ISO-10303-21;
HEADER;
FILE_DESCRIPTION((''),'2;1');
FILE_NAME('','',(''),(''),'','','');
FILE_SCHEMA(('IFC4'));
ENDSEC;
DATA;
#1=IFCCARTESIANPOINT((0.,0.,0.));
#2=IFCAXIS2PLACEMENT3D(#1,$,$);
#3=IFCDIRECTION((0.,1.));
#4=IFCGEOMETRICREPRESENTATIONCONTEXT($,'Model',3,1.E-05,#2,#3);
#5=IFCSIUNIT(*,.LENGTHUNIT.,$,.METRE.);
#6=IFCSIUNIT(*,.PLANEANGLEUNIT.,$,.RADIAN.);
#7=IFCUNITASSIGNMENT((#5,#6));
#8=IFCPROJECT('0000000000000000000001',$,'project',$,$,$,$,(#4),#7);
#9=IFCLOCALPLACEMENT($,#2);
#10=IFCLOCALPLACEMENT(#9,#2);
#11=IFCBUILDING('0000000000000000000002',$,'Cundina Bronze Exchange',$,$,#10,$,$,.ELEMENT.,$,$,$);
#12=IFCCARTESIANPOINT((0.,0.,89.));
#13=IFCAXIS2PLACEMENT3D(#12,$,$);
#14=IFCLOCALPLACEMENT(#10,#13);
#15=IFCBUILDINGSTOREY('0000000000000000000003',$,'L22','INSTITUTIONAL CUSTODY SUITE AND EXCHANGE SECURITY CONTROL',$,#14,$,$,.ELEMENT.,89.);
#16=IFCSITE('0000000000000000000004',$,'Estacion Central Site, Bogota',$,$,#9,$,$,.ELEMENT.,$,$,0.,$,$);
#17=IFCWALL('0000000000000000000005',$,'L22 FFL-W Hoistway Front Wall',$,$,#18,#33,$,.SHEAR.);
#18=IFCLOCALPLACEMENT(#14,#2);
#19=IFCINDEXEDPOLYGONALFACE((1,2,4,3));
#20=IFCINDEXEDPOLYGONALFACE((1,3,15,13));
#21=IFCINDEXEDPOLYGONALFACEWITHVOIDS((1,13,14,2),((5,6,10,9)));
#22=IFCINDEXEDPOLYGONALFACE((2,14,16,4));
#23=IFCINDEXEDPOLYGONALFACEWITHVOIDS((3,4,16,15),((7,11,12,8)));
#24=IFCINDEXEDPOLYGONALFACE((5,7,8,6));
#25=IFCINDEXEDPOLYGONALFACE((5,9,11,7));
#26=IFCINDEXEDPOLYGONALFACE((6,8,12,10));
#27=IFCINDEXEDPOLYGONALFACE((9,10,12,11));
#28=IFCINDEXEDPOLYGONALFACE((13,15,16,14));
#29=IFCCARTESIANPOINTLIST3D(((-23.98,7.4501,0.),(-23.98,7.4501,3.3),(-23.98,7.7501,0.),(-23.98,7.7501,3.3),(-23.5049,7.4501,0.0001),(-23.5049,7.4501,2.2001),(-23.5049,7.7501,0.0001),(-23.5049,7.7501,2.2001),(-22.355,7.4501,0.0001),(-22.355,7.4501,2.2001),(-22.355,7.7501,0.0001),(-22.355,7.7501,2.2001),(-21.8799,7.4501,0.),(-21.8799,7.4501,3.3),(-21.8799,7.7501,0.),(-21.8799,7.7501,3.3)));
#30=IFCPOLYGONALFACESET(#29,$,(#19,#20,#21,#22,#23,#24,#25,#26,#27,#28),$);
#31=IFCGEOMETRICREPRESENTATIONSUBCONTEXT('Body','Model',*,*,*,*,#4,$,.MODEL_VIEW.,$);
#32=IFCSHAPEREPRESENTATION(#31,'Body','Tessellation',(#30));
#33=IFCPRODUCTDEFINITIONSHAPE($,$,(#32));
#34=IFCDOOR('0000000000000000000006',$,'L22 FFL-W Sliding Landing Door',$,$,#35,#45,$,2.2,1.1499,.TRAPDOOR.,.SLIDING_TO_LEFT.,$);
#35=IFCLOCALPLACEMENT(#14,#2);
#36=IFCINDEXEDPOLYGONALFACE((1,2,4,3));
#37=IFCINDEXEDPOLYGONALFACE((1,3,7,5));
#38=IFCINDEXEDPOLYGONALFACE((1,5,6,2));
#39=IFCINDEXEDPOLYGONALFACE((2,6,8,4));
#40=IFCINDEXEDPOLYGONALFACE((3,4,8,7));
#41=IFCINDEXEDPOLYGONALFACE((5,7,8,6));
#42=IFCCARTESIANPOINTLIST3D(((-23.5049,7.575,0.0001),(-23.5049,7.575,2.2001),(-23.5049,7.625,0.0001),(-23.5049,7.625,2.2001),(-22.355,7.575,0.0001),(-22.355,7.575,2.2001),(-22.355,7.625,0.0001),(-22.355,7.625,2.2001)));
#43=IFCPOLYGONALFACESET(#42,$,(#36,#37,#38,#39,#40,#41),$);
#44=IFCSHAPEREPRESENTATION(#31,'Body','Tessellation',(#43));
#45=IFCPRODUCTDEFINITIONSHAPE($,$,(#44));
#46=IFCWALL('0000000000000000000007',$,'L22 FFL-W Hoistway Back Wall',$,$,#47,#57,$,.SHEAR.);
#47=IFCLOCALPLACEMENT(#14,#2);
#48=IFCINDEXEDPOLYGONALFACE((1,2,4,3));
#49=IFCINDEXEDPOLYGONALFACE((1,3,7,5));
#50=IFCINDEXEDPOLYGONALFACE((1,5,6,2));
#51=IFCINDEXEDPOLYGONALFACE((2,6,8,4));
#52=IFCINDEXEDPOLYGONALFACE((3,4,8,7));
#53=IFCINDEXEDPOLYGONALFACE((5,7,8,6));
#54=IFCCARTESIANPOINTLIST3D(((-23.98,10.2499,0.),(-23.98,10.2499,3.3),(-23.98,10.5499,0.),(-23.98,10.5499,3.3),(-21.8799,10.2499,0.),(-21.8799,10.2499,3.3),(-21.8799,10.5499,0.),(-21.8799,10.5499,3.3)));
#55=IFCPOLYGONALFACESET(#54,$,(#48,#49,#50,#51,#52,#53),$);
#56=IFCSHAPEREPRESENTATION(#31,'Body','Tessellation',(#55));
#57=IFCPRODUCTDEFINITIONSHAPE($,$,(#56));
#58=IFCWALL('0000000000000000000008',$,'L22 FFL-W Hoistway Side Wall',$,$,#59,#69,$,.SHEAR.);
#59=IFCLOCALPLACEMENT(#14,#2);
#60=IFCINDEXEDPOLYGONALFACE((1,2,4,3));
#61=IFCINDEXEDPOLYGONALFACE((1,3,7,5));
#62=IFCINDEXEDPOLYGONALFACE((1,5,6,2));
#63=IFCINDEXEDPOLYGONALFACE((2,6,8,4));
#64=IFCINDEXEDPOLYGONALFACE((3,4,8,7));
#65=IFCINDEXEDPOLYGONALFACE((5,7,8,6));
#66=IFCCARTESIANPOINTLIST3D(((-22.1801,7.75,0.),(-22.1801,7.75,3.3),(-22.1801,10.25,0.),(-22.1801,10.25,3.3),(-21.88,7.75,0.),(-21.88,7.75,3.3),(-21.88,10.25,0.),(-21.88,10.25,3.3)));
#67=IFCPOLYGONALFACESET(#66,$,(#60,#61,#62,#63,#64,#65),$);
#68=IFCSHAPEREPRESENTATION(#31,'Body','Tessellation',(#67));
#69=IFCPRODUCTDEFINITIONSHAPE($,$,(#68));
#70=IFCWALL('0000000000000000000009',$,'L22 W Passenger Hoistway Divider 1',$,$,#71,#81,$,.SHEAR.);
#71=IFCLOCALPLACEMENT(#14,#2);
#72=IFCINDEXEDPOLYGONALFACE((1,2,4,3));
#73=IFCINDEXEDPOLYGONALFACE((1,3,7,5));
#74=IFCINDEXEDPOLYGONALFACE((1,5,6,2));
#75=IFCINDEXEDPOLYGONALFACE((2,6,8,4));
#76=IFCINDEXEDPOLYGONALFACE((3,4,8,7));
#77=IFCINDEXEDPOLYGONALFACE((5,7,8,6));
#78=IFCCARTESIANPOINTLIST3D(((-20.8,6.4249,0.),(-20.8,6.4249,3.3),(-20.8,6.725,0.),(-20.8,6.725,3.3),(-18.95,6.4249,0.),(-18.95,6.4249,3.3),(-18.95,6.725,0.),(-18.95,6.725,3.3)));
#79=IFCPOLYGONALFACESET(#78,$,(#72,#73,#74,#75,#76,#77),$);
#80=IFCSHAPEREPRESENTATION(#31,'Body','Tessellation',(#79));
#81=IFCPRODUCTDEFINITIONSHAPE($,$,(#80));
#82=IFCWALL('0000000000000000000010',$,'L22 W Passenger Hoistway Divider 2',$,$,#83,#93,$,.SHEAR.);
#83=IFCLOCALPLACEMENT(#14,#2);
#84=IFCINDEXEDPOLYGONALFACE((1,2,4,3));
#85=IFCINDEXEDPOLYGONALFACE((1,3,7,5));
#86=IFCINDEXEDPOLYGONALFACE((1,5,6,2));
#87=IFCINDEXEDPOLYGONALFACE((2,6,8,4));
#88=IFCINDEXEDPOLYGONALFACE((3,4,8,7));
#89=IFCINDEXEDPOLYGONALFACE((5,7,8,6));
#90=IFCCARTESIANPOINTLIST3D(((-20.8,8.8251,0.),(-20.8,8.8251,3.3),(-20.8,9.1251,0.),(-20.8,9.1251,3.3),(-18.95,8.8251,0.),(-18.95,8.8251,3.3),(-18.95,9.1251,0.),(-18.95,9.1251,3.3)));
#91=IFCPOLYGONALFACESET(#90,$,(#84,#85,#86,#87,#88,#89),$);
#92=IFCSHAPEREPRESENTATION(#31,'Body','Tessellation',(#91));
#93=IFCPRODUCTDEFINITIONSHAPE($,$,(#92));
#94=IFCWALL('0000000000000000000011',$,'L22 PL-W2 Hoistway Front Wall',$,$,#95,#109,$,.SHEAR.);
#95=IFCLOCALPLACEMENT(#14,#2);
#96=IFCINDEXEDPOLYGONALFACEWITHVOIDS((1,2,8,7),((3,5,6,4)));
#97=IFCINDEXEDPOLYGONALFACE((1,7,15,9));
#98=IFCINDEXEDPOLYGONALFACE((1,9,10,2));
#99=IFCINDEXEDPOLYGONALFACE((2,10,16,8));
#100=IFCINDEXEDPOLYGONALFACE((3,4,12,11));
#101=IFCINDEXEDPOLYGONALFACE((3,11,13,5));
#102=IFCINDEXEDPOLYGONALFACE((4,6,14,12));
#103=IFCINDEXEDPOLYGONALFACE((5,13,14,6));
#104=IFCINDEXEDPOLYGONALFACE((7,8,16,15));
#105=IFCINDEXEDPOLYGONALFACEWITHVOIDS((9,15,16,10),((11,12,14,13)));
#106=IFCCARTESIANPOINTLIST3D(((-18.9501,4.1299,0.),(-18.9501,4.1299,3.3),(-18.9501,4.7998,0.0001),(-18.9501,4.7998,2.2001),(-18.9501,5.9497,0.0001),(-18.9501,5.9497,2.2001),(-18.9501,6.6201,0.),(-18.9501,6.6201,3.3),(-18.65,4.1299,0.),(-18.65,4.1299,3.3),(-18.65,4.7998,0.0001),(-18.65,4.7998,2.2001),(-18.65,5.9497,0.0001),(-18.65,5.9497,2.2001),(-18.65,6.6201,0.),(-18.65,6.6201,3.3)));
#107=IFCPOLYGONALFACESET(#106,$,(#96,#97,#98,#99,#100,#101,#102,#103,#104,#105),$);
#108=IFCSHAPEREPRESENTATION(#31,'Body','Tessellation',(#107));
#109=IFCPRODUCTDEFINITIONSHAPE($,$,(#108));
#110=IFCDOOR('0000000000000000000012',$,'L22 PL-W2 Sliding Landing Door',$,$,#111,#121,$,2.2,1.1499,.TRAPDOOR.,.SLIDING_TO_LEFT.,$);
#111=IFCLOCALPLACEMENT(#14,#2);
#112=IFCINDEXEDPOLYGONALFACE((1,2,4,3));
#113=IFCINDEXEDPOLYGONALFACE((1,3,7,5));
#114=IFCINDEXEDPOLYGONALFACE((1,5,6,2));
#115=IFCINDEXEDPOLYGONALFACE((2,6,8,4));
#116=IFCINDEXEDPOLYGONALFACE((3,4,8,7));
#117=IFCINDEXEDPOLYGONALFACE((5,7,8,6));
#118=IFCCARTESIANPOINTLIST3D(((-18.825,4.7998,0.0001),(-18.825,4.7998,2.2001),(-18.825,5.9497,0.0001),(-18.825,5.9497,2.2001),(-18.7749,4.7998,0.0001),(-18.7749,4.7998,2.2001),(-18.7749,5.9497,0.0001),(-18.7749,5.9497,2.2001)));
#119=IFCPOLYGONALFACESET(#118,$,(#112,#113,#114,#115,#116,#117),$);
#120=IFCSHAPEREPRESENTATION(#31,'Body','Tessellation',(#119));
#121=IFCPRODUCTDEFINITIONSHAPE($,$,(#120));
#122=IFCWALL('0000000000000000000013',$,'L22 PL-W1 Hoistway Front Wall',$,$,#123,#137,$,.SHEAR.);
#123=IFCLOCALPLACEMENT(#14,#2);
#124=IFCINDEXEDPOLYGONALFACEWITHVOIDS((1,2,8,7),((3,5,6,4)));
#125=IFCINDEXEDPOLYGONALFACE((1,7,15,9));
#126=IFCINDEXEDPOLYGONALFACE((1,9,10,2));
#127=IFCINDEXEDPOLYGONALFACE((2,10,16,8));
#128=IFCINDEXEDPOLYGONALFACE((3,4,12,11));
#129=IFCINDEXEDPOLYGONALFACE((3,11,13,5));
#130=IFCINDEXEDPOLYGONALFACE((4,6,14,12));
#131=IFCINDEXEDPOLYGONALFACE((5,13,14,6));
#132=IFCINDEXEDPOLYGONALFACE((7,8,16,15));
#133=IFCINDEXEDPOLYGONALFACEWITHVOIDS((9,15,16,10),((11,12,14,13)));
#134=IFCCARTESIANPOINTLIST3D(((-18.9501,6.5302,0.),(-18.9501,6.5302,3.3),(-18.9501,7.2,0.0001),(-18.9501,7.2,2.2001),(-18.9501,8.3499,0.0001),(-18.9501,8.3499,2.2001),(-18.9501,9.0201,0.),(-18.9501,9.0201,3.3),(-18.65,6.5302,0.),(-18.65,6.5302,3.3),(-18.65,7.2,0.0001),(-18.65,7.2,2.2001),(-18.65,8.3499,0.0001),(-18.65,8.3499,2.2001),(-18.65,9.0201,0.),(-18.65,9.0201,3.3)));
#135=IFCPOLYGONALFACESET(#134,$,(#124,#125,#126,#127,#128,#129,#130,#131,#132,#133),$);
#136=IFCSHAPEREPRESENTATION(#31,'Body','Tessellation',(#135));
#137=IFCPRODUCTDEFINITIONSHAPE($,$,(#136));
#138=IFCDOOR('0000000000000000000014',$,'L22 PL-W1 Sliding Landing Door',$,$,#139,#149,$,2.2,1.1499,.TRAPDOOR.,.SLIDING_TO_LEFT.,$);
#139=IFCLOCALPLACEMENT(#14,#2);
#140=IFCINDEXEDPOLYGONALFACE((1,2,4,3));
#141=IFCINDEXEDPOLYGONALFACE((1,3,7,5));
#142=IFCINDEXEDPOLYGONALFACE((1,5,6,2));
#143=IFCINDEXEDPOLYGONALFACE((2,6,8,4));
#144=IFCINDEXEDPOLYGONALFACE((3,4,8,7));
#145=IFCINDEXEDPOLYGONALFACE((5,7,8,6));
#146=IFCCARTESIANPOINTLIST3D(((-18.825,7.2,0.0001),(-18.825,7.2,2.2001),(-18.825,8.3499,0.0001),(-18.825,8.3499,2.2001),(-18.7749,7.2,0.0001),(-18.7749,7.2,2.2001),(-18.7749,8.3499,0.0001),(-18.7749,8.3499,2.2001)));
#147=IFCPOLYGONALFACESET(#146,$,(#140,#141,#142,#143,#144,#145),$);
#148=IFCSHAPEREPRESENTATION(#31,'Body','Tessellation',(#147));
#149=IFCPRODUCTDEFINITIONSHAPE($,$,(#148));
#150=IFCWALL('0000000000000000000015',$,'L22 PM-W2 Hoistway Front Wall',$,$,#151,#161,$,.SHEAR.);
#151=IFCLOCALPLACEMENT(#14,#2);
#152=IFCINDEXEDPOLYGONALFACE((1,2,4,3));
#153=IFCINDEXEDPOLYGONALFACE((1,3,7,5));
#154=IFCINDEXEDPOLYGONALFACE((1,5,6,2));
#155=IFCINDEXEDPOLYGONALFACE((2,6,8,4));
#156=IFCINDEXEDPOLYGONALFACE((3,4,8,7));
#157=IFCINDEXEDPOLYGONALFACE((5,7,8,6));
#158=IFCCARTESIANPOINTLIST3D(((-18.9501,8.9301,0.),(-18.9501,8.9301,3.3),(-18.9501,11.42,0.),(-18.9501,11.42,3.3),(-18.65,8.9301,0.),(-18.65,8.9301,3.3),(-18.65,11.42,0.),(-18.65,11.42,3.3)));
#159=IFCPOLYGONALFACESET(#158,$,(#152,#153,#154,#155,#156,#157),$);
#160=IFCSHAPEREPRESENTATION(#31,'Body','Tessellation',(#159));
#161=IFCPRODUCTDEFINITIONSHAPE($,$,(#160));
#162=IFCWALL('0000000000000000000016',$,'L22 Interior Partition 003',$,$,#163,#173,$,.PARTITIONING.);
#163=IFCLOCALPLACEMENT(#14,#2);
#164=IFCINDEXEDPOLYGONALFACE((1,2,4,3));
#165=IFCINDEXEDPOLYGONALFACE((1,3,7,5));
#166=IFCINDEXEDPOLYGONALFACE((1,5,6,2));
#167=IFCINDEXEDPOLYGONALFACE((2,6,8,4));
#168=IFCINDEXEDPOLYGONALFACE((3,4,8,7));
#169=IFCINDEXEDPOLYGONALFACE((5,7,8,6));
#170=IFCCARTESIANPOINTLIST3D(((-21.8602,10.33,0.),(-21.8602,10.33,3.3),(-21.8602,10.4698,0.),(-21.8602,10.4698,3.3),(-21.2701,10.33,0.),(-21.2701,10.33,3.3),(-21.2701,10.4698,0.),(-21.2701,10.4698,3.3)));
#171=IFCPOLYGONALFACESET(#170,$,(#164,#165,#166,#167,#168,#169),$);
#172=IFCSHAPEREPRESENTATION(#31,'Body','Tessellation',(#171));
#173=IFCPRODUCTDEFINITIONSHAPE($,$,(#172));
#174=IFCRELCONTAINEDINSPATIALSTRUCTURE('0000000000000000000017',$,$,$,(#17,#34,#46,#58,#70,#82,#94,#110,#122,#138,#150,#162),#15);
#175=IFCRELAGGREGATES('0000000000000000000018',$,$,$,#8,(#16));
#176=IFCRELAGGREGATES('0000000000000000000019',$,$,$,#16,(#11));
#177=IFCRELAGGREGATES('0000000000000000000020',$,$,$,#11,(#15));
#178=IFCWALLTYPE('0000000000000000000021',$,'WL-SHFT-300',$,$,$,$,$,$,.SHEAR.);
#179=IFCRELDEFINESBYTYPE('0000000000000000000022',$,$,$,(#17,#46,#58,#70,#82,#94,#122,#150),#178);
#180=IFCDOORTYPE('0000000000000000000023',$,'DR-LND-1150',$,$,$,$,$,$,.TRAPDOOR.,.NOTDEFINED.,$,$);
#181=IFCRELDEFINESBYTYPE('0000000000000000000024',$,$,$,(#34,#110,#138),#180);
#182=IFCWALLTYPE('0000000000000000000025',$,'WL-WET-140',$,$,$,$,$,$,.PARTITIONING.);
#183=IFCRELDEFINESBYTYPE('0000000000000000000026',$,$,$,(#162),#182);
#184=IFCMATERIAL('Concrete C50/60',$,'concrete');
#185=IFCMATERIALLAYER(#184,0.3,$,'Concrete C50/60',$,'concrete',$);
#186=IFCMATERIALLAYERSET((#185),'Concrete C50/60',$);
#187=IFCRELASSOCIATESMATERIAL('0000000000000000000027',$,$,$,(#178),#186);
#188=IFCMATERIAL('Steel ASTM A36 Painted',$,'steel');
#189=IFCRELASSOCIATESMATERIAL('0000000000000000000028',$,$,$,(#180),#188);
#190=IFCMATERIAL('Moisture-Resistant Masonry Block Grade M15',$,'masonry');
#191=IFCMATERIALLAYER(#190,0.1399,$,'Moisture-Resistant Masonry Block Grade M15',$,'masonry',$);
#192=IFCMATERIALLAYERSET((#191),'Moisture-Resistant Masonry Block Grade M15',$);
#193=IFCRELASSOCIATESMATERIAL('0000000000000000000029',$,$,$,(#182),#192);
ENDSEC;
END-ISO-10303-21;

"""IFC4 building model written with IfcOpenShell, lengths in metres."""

from ifc_helpers import new_model, si_unit, direction, frame, frame_2d, origin, place, context, subcontext, project, spatial, rectangle, extrude, material, layer, layer_set, type_object, element, fill, save


model = new_model("IFC4")

# Units and contexts
model_context = context("Model", 3, precision=1e-05, world=origin(), true_north=direction((0.0, 1.0)))
body_context = subcontext(model_context, "Body", "Model", "MODEL_VIEW")
ifc_project = project(units=[si_unit("LENGTHUNIT", "METRE"), si_unit("PLANEANGLEUNIT", "RADIAN")], contexts=[model_context])

# Site, building, storey
site_placement = place(None, origin())
site = spatial("IfcSite", under=ifc_project, at=site_placement, Name="Estacion Central Site, Bogota", CompositionType="ELEMENT", RefElevation=0.0)
building_placement = place(site_placement, origin())
building = spatial("IfcBuilding", under=site, at=building_placement, Name="Cundina Bronze Exchange", CompositionType="ELEMENT")
storey_placement = place(building_placement, frame((0.0, 0.0, 89.0)))
storey = spatial("IfcBuildingStorey", under=building, at=storey_placement, Name="L22", Description="INSTITUTIONAL CUSTODY SUITE AND EXCHANGE SECURITY CONTROL", CompositionType="ELEMENT", Elevation=89.0)

# Shared definitions
ifc_material_1 = material(Name="Concrete C50/60", Category="concrete")
ifc_layer_1 = layer(ifc_material_1, 0.3, Name="Concrete C50/60", Category="concrete")
ifc_layer_set_1 = layer_set([ifc_layer_1], Name="Concrete C50/60")
wall_type_1 = type_object("IfcWallType", Name="WL-SHFT-300", PredefinedType="SHEAR", material=ifc_layer_set_1)

# Wall, opening, door
wall_1_placement = place(storey_placement, frame((-23.98, 7.6001, 0.0), z_axis=(0.0, 0.0, 1.0), x_axis=(1.0, 0.0, 0.0)))
wall_1 = element("IfcWall", 1, at=wall_1_placement, inside=storey, type_object=wall_type_1, Name="L22 FFL-W Hoistway Front Wall", PredefinedType="SHEAR", context=body_context, shape_type="SweptSolid", body=[
    extrude(rectangle(XDim=2.1001, YDim=0.3, at=frame_2d((1.05, 0.0))), origin(), (0.0, 0.0, 1.0), 3.3),
])
opening_1_placement = place(wall_1_placement, frame((0.4751, 0.0, 0.0)))
opening_1 = element("IfcOpeningElement", 2, at=opening_1_placement, cuts=wall_1, PredefinedType="OPENING", context=body_context, shape_type="SweptSolid", body=[
    extrude(rectangle(XDim=1.1499, YDim=2.2, at=frame_2d((0.575, 1.1001))), frame((0.0, 0.1599, 0.0), z_axis=(0.0, -1.0, 0.0), x_axis=(1.0, 0.0, 0.0)), (0.0, 0.0, 1.0), 0.3201),
])
ifc_material_2 = material(Name="Steel ASTM A36 Painted", Category="steel")
door_type = type_object("IfcDoorType", Name="DR-LND-1150", OperationType="NOTDEFINED", PredefinedType="TRAPDOOR", material=ifc_material_2)
door_1_placement = place(opening_1_placement, origin())
door_1 = element("IfcDoor", 3, at=door_1_placement, inside=storey, type_object=door_type, Name="L22 FFL-W Sliding Landing Door", OperationType="SLIDING_TO_LEFT", OverallHeight=2.2, OverallWidth=1.1499, PredefinedType="TRAPDOOR", context=body_context, shape_type="SweptSolid", body=[
    extrude(rectangle(XDim=1.1499, YDim=2.2, at=frame_2d((0.575, 1.1001))), frame((0.0, 0.0249, 0.0), z_axis=(0.0, -1.0, 0.0), x_axis=(1.0, 0.0, 0.0)), (0.0, 0.0, 1.0), 0.05),
])
fill(opening_1, door_1)

# Walls
wall_2_placement = place(storey_placement, frame((-23.98, 10.3999, 0.0), z_axis=(0.0, 0.0, 1.0), x_axis=(1.0, 0.0, 0.0)))
element("IfcWall", 4, at=wall_2_placement, inside=storey, type_object=wall_type_1, Name="L22 FFL-W Hoistway Back Wall", PredefinedType="SHEAR", context=body_context, shape_type="SweptSolid", body=[
    extrude(rectangle(XDim=2.1001, YDim=0.3, at=frame_2d((1.05, 0.0))), origin(), (0.0, 0.0, 1.0), 3.3),
])
wall_3_placement = place(storey_placement, frame((-22.03, 7.75, 0.0), z_axis=(0.0, 0.0, 1.0), x_axis=(0.0, 1.0, 0.0)))
element("IfcWall", 5, at=wall_3_placement, inside=storey, type_object=wall_type_1, Name="L22 FFL-W Hoistway Side Wall", PredefinedType="SHEAR", context=body_context, shape_type="SweptSolid", body=[
    extrude(rectangle(XDim=2.5, YDim=0.3, at=frame_2d((1.25, 0.0))), origin(), (0.0, 0.0, 1.0), 3.3),
])
for number, where, z_axis, x_axis, name in (
    (6, (-20.8, 6.575, 0.0), (0.0, 0.0, 1.0), (1.0, 0.0, 0.0), "L22 W Passenger Hoistway Divider 1"),
    (7, (-20.8, 8.9751, 0.0), (0.0, 0.0, 1.0), (1.0, 0.0, 0.0), "L22 W Passenger Hoistway Divider 2"),
):
    element("IfcWall", number, at=place(storey_placement, frame(where, z_axis=z_axis, x_axis=x_axis)), inside=storey, type_object=wall_type_1, Name=name, PredefinedType="SHEAR", context=body_context, shape_type="SweptSolid", body=[
        extrude(rectangle(XDim=1.8501, YDim=0.3, at=frame_2d((0.925, 0.0))), origin(), (0.0, 0.0, 1.0), 3.3),
    ])

# Walls, openings, doors
wall_4_placement = place(storey_placement, frame((-18.8, 4.1299, 0.0), z_axis=(0.0, 0.0, 1.0), x_axis=(0.0, 1.0, 0.0)))
wall_4 = element("IfcWall", 8, at=wall_4_placement, inside=storey, type_object=wall_type_1, Name="L22 PL-W2 Hoistway Front Wall", PredefinedType="SHEAR", context=body_context, shape_type="SweptSolid", body=[
    extrude(rectangle(XDim=2.4902, YDim=0.3, at=frame_2d((1.2451, 0.0))), origin(), (0.0, 0.0, 1.0), 3.3),
])
opening_2_placement = place(wall_4_placement, frame((0.6699, 0.0, 0.0)))
opening_2 = element("IfcOpeningElement", 9, at=opening_2_placement, cuts=wall_4, PredefinedType="OPENING", context=body_context, shape_type="SweptSolid", body=[
    extrude(rectangle(XDim=1.1499, YDim=2.2, at=frame_2d((0.575, 1.1001))), frame((0.0, 0.1599, 0.0), z_axis=(0.0, -1.0, 0.0), x_axis=(1.0, 0.0, 0.0)), (0.0, 0.0, 1.0), 0.3201),
])
door_2_placement = place(opening_2_placement, origin())
door_2 = element("IfcDoor", 10, at=door_2_placement, inside=storey, type_object=door_type, Name="L22 PL-W2 Sliding Landing Door", OperationType="SLIDING_TO_LEFT", OverallHeight=2.2, OverallWidth=1.1499, PredefinedType="TRAPDOOR", context=body_context, shape_type="SweptSolid", body=[
    extrude(rectangle(XDim=1.1499, YDim=2.2, at=frame_2d((0.575, 1.1001))), frame((0.0, 0.0249, 0.0), z_axis=(0.0, -1.0, 0.0), x_axis=(1.0, 0.0, 0.0)), (0.0, 0.0, 1.0), 0.05),
])
fill(opening_2, door_2)
wall_5_placement = place(storey_placement, frame((-18.8, 6.53, 0.0), z_axis=(0.0, 0.0, 1.0), x_axis=(0.0, 1.0, 0.0)))
wall_5 = element("IfcWall", 11, at=wall_5_placement, inside=storey, type_object=wall_type_1, Name="L22 PL-W1 Hoistway Front Wall", PredefinedType="SHEAR", context=body_context, shape_type="SweptSolid", body=[
    extrude(rectangle(XDim=2.49, YDim=0.3, at=frame_2d((1.2451, 0.0))), origin(), (0.0, 0.0, 1.0), 3.3),
])
opening_3_placement = place(wall_5_placement, frame((0.6699, 0.0, 0.0)))
opening_3 = element("IfcOpeningElement", 12, at=opening_3_placement, cuts=wall_5, PredefinedType="OPENING", context=body_context, shape_type="SweptSolid", body=[
    extrude(rectangle(XDim=1.1499, YDim=2.2, at=frame_2d((0.575, 1.1001))), frame((0.0, 0.1599, 0.0), z_axis=(0.0, -1.0, 0.0), x_axis=(1.0, 0.0, 0.0)), (0.0, 0.0, 1.0), 0.3201),
])
door_3_placement = place(opening_3_placement, origin())
door_3 = element("IfcDoor", 13, at=door_3_placement, inside=storey, type_object=door_type, Name="L22 PL-W1 Sliding Landing Door", OperationType="SLIDING_TO_LEFT", OverallHeight=2.2, OverallWidth=1.1499, PredefinedType="TRAPDOOR", context=body_context, shape_type="SweptSolid", body=[
    extrude(rectangle(XDim=1.1499, YDim=2.2, at=frame_2d((0.575, 1.1001))), frame((0.0, 0.0249, 0.0), z_axis=(0.0, -1.0, 0.0), x_axis=(1.0, 0.0, 0.0)), (0.0, 0.0, 1.0), 0.05),
])
fill(opening_3, door_3)

# Walls
wall_6_placement = place(storey_placement, frame((-18.8, 8.9299, 0.0), z_axis=(0.0, 0.0, 1.0), x_axis=(0.0, 1.0, 0.0)))
element("IfcWall", 14, at=wall_6_placement, inside=storey, type_object=wall_type_1, Name="L22 PM-W2 Hoistway Front Wall", PredefinedType="SHEAR", context=body_context, shape_type="SweptSolid", body=[
    extrude(rectangle(XDim=2.49, YDim=0.3, at=frame_2d((1.2451, 0.0))), origin(), (0.0, 0.0, 1.0), 3.3),
])
ifc_material_3 = material(Name="Moisture-Resistant Masonry Block Grade M15", Category="masonry")
ifc_layer_2 = layer(ifc_material_3, 0.1399, Name="Moisture-Resistant Masonry Block Grade M15", Category="masonry")
ifc_layer_set_2 = layer_set([ifc_layer_2], Name="Moisture-Resistant Masonry Block Grade M15")
wall_type_2 = type_object("IfcWallType", Name="WL-WET-140", PredefinedType="PARTITIONING", material=ifc_layer_set_2)
wall_7_placement = place(storey_placement, frame((-21.8601, 10.3999, 0.0), z_axis=(0.0, 0.0, 1.0), x_axis=(1.0, 0.0, 0.0)))
element("IfcWall", 15, at=wall_7_placement, inside=storey, type_object=wall_type_2, Name="L22 Interior Partition 003", PredefinedType="PARTITIONING", context=body_context, shape_type="SweptSolid", body=[
    extrude(rectangle(XDim=0.5901, YDim=0.1399, at=frame_2d((0.2949, 0.0))), origin(), (0.0, 0.0, 1.0), 3.3),
])

save(model, "model.ifc")
